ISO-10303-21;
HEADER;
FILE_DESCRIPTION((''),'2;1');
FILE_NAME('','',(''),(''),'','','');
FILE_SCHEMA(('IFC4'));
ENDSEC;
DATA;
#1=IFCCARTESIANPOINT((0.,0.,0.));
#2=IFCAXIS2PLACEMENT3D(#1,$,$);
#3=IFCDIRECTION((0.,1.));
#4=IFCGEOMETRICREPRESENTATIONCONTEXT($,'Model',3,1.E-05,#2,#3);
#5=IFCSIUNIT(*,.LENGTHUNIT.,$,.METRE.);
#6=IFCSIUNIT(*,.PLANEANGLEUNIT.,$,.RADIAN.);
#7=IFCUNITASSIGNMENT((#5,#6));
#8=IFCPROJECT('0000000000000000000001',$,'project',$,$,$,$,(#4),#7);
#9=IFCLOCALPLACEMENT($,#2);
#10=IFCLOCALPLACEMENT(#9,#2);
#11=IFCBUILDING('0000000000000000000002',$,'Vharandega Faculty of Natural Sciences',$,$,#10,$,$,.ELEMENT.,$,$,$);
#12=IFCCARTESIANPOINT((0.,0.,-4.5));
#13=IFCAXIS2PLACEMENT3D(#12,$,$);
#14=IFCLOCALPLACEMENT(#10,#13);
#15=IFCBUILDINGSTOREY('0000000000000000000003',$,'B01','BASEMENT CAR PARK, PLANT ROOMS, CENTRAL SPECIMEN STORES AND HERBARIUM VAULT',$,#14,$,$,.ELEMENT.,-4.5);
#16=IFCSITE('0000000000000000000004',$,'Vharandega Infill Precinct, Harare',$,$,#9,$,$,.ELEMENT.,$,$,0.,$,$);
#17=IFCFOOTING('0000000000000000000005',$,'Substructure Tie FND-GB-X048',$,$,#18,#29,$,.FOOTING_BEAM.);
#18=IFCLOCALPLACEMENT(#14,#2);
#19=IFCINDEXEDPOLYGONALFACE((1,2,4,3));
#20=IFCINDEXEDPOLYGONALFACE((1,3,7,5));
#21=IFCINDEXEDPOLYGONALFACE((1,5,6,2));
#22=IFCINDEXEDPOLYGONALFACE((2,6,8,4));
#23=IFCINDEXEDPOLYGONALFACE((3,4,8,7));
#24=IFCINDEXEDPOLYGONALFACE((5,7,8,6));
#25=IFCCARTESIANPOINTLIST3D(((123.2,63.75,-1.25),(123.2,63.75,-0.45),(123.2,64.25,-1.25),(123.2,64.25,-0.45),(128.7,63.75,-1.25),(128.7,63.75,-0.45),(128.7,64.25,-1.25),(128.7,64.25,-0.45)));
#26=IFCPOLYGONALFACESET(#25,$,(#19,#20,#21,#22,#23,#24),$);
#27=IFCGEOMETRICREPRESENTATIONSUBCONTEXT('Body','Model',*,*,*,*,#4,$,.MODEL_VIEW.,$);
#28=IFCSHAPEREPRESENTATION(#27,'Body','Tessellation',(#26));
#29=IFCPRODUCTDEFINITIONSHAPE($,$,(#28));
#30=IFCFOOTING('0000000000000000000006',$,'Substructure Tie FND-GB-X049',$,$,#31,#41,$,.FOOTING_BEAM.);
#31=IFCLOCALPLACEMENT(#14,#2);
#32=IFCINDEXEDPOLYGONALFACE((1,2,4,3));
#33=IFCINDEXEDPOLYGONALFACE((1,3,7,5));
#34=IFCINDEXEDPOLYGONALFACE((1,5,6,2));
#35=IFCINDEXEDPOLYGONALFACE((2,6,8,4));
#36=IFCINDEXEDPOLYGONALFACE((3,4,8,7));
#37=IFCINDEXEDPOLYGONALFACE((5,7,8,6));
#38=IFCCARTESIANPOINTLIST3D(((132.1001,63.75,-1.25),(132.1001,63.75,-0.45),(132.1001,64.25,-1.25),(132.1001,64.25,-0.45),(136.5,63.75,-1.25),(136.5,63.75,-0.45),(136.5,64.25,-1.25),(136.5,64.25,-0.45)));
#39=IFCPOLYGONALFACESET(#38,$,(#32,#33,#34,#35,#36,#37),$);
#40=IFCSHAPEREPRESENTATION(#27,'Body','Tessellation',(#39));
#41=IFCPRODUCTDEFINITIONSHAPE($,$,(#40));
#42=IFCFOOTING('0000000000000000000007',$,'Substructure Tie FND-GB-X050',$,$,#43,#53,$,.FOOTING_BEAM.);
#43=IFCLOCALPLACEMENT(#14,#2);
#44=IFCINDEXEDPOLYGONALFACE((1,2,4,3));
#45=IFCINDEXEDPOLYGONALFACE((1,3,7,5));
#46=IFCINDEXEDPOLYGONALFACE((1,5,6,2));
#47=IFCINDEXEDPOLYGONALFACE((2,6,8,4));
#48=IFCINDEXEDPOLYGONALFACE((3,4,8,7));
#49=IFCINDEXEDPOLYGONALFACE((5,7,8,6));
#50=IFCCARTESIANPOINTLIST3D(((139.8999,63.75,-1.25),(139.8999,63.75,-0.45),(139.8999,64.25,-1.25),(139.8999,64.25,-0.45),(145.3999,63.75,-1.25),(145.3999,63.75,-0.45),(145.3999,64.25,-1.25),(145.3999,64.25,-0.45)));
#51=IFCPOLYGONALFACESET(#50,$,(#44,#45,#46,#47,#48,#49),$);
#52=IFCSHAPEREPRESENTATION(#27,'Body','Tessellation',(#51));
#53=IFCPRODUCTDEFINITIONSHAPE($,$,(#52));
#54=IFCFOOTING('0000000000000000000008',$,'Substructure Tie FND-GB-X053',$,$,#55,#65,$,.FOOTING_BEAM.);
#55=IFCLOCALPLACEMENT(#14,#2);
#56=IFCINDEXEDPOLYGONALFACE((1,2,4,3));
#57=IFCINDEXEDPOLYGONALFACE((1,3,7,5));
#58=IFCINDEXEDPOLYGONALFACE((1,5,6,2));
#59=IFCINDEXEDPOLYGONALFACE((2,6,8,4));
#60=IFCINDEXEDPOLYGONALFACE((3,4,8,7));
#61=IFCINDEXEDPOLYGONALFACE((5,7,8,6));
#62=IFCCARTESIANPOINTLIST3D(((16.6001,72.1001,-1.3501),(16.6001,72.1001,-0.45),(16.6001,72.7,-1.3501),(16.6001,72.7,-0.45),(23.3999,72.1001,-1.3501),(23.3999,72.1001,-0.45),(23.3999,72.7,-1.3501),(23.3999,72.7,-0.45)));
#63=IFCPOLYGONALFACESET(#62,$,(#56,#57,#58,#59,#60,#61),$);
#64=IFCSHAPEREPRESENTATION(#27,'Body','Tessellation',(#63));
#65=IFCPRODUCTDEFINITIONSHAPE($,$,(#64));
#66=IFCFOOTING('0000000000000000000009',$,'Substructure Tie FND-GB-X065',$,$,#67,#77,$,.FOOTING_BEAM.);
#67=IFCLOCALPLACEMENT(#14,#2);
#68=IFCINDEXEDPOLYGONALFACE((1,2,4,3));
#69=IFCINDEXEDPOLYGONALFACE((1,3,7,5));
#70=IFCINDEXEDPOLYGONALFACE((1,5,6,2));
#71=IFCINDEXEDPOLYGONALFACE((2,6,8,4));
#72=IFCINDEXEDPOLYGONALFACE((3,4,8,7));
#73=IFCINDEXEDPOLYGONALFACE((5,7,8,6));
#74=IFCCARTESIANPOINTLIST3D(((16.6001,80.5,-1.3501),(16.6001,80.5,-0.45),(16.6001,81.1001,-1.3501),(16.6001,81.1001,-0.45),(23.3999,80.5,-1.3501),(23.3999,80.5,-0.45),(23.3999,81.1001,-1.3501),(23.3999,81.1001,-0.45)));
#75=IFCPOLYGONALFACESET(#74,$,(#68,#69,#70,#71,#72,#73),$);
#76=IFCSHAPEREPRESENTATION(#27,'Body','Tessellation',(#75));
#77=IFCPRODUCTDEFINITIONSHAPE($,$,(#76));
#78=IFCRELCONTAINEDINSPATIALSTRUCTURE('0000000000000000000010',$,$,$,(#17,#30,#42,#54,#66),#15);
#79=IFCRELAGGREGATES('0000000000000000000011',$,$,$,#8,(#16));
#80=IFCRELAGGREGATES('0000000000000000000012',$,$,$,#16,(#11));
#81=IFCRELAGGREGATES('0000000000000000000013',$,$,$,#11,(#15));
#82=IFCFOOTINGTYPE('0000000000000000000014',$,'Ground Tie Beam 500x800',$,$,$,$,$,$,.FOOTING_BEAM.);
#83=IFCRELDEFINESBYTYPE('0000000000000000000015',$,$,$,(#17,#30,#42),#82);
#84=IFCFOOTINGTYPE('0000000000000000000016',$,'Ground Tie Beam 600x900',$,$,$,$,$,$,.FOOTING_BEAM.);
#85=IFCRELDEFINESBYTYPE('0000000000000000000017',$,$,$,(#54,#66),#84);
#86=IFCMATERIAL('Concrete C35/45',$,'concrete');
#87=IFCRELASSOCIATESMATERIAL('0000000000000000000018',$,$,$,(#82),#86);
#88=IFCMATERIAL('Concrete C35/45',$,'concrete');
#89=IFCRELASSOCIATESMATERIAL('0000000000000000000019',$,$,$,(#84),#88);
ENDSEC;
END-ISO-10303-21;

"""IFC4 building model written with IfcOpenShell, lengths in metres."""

from ifc_helpers import new_model, si_unit, direction, frame, origin, place, context, subcontext, project, spatial, polyline, outline, extrude, material, type_object, element, save


model = new_model("IFC4")

# Units and contexts
model_context = context("Model", 3, precision=1e-05, world=origin(), true_north=direction((0.0, 1.0)))
body_context = subcontext(model_context, "Body", "Model", "MODEL_VIEW")
ifc_project = project(units=[si_unit("LENGTHUNIT", "METRE"), si_unit("PLANEANGLEUNIT", "RADIAN")], contexts=[model_context])

# Site, building, storey
site_placement = place(None, origin())
site = spatial("IfcSite", under=ifc_project, at=site_placement, Name="Vharandega Infill Precinct, Harare", CompositionType="ELEMENT", RefElevation=0.0)
building_placement = place(site_placement, origin())
building = spatial("IfcBuilding", under=site, at=building_placement, Name="Vharandega Faculty of Natural Sciences", CompositionType="ELEMENT")
storey_placement = place(building_placement, frame((0.0, 0.0, -4.5)))
storey = spatial("IfcBuildingStorey", under=building, at=storey_placement, Name="B01", Description="BASEMENT CAR PARK, PLANT ROOMS, CENTRAL SPECIMEN STORES AND HERBARIUM VAULT", CompositionType="ELEMENT", Elevation=-4.5)

# Footings
ifc_material_1 = material(Name="Concrete C35/45", Category="concrete")
footing_type_1 = type_object("IfcFootingType", Name="Ground Tie Beam 500x800", PredefinedType="FOOTING_BEAM", material=ifc_material_1)
footing_1_placement = place(storey_placement, frame((0.0, 0.0, -1.25)))
element("IfcFooting", 1, at=footing_1_placement, inside=storey, type_object=footing_type_1, Name="Substructure Tie FND-GB-X048", PredefinedType="FOOTING_BEAM", context=body_context, shape_type="SweptSolid", body=[
    extrude(outline(polyline([(123.2, 63.75), (128.7, 63.75), (128.7, 64.25), (123.2, 64.25), (123.2, 63.75)])), origin(), (0.0, 0.0, 1.0), 0.8),
])
footing_2_placement = place(storey_placement, frame((0.0, 0.0, -1.25)))
element("IfcFooting", 2, at=footing_2_placement, inside=storey, type_object=footing_type_1, Name="Substructure Tie FND-GB-X049", PredefinedType="FOOTING_BEAM", context=body_context, shape_type="SweptSolid", body=[
    extrude(outline(polyline([(132.1001, 63.75), (136.5, 63.75), (136.5, 64.25), (132.1001, 64.25), (132.1001, 63.75)])), origin(), (0.0, 0.0, 1.0), 0.8),
])
footing_3_placement = place(storey_placement, frame((0.0, 0.0, -1.25)))
element("IfcFooting", 3, at=footing_3_placement, inside=storey, type_object=footing_type_1, Name="Substructure Tie FND-GB-X050", PredefinedType="FOOTING_BEAM", context=body_context, shape_type="SweptSolid", body=[
    extrude(outline(polyline([(139.8999, 63.75), (145.3999, 63.75), (145.3999, 64.25), (139.8999, 64.25), (139.8999, 63.75)])), origin(), (0.0, 0.0, 1.0), 0.8),
])
ifc_material_2 = material(Name="Concrete C35/45", Category="concrete")
footing_type_2 = type_object("IfcFootingType", Name="Ground Tie Beam 600x900", PredefinedType="FOOTING_BEAM", material=ifc_material_2)
footing_4_placement = place(storey_placement, frame((0.0, 0.0, -1.3501)))
element("IfcFooting", 4, at=footing_4_placement, inside=storey, type_object=footing_type_2, Name="Substructure Tie FND-GB-X053", PredefinedType="FOOTING_BEAM", context=body_context, shape_type="SweptSolid", body=[
    extrude(outline(polyline([(16.6001, 72.1001), (23.3999, 72.1001), (23.3999, 72.7), (16.6001, 72.7), (16.6001, 72.1001)])), origin(), (0.0, 0.0, 1.0), 0.9001),
])
footing_5_placement = place(storey_placement, frame((0.0, 0.0, -1.3501)))
element("IfcFooting", 5, at=footing_5_placement, inside=storey, type_object=footing_type_2, Name="Substructure Tie FND-GB-X065", PredefinedType="FOOTING_BEAM", context=body_context, shape_type="SweptSolid", body=[
    extrude(outline(polyline([(16.6001, 80.5), (23.3999, 80.5), (23.3999, 81.1001), (16.6001, 81.1001), (16.6001, 80.5)])), origin(), (0.0, 0.0, 1.0), 0.9001),
])

save(model, "model.ifc")
